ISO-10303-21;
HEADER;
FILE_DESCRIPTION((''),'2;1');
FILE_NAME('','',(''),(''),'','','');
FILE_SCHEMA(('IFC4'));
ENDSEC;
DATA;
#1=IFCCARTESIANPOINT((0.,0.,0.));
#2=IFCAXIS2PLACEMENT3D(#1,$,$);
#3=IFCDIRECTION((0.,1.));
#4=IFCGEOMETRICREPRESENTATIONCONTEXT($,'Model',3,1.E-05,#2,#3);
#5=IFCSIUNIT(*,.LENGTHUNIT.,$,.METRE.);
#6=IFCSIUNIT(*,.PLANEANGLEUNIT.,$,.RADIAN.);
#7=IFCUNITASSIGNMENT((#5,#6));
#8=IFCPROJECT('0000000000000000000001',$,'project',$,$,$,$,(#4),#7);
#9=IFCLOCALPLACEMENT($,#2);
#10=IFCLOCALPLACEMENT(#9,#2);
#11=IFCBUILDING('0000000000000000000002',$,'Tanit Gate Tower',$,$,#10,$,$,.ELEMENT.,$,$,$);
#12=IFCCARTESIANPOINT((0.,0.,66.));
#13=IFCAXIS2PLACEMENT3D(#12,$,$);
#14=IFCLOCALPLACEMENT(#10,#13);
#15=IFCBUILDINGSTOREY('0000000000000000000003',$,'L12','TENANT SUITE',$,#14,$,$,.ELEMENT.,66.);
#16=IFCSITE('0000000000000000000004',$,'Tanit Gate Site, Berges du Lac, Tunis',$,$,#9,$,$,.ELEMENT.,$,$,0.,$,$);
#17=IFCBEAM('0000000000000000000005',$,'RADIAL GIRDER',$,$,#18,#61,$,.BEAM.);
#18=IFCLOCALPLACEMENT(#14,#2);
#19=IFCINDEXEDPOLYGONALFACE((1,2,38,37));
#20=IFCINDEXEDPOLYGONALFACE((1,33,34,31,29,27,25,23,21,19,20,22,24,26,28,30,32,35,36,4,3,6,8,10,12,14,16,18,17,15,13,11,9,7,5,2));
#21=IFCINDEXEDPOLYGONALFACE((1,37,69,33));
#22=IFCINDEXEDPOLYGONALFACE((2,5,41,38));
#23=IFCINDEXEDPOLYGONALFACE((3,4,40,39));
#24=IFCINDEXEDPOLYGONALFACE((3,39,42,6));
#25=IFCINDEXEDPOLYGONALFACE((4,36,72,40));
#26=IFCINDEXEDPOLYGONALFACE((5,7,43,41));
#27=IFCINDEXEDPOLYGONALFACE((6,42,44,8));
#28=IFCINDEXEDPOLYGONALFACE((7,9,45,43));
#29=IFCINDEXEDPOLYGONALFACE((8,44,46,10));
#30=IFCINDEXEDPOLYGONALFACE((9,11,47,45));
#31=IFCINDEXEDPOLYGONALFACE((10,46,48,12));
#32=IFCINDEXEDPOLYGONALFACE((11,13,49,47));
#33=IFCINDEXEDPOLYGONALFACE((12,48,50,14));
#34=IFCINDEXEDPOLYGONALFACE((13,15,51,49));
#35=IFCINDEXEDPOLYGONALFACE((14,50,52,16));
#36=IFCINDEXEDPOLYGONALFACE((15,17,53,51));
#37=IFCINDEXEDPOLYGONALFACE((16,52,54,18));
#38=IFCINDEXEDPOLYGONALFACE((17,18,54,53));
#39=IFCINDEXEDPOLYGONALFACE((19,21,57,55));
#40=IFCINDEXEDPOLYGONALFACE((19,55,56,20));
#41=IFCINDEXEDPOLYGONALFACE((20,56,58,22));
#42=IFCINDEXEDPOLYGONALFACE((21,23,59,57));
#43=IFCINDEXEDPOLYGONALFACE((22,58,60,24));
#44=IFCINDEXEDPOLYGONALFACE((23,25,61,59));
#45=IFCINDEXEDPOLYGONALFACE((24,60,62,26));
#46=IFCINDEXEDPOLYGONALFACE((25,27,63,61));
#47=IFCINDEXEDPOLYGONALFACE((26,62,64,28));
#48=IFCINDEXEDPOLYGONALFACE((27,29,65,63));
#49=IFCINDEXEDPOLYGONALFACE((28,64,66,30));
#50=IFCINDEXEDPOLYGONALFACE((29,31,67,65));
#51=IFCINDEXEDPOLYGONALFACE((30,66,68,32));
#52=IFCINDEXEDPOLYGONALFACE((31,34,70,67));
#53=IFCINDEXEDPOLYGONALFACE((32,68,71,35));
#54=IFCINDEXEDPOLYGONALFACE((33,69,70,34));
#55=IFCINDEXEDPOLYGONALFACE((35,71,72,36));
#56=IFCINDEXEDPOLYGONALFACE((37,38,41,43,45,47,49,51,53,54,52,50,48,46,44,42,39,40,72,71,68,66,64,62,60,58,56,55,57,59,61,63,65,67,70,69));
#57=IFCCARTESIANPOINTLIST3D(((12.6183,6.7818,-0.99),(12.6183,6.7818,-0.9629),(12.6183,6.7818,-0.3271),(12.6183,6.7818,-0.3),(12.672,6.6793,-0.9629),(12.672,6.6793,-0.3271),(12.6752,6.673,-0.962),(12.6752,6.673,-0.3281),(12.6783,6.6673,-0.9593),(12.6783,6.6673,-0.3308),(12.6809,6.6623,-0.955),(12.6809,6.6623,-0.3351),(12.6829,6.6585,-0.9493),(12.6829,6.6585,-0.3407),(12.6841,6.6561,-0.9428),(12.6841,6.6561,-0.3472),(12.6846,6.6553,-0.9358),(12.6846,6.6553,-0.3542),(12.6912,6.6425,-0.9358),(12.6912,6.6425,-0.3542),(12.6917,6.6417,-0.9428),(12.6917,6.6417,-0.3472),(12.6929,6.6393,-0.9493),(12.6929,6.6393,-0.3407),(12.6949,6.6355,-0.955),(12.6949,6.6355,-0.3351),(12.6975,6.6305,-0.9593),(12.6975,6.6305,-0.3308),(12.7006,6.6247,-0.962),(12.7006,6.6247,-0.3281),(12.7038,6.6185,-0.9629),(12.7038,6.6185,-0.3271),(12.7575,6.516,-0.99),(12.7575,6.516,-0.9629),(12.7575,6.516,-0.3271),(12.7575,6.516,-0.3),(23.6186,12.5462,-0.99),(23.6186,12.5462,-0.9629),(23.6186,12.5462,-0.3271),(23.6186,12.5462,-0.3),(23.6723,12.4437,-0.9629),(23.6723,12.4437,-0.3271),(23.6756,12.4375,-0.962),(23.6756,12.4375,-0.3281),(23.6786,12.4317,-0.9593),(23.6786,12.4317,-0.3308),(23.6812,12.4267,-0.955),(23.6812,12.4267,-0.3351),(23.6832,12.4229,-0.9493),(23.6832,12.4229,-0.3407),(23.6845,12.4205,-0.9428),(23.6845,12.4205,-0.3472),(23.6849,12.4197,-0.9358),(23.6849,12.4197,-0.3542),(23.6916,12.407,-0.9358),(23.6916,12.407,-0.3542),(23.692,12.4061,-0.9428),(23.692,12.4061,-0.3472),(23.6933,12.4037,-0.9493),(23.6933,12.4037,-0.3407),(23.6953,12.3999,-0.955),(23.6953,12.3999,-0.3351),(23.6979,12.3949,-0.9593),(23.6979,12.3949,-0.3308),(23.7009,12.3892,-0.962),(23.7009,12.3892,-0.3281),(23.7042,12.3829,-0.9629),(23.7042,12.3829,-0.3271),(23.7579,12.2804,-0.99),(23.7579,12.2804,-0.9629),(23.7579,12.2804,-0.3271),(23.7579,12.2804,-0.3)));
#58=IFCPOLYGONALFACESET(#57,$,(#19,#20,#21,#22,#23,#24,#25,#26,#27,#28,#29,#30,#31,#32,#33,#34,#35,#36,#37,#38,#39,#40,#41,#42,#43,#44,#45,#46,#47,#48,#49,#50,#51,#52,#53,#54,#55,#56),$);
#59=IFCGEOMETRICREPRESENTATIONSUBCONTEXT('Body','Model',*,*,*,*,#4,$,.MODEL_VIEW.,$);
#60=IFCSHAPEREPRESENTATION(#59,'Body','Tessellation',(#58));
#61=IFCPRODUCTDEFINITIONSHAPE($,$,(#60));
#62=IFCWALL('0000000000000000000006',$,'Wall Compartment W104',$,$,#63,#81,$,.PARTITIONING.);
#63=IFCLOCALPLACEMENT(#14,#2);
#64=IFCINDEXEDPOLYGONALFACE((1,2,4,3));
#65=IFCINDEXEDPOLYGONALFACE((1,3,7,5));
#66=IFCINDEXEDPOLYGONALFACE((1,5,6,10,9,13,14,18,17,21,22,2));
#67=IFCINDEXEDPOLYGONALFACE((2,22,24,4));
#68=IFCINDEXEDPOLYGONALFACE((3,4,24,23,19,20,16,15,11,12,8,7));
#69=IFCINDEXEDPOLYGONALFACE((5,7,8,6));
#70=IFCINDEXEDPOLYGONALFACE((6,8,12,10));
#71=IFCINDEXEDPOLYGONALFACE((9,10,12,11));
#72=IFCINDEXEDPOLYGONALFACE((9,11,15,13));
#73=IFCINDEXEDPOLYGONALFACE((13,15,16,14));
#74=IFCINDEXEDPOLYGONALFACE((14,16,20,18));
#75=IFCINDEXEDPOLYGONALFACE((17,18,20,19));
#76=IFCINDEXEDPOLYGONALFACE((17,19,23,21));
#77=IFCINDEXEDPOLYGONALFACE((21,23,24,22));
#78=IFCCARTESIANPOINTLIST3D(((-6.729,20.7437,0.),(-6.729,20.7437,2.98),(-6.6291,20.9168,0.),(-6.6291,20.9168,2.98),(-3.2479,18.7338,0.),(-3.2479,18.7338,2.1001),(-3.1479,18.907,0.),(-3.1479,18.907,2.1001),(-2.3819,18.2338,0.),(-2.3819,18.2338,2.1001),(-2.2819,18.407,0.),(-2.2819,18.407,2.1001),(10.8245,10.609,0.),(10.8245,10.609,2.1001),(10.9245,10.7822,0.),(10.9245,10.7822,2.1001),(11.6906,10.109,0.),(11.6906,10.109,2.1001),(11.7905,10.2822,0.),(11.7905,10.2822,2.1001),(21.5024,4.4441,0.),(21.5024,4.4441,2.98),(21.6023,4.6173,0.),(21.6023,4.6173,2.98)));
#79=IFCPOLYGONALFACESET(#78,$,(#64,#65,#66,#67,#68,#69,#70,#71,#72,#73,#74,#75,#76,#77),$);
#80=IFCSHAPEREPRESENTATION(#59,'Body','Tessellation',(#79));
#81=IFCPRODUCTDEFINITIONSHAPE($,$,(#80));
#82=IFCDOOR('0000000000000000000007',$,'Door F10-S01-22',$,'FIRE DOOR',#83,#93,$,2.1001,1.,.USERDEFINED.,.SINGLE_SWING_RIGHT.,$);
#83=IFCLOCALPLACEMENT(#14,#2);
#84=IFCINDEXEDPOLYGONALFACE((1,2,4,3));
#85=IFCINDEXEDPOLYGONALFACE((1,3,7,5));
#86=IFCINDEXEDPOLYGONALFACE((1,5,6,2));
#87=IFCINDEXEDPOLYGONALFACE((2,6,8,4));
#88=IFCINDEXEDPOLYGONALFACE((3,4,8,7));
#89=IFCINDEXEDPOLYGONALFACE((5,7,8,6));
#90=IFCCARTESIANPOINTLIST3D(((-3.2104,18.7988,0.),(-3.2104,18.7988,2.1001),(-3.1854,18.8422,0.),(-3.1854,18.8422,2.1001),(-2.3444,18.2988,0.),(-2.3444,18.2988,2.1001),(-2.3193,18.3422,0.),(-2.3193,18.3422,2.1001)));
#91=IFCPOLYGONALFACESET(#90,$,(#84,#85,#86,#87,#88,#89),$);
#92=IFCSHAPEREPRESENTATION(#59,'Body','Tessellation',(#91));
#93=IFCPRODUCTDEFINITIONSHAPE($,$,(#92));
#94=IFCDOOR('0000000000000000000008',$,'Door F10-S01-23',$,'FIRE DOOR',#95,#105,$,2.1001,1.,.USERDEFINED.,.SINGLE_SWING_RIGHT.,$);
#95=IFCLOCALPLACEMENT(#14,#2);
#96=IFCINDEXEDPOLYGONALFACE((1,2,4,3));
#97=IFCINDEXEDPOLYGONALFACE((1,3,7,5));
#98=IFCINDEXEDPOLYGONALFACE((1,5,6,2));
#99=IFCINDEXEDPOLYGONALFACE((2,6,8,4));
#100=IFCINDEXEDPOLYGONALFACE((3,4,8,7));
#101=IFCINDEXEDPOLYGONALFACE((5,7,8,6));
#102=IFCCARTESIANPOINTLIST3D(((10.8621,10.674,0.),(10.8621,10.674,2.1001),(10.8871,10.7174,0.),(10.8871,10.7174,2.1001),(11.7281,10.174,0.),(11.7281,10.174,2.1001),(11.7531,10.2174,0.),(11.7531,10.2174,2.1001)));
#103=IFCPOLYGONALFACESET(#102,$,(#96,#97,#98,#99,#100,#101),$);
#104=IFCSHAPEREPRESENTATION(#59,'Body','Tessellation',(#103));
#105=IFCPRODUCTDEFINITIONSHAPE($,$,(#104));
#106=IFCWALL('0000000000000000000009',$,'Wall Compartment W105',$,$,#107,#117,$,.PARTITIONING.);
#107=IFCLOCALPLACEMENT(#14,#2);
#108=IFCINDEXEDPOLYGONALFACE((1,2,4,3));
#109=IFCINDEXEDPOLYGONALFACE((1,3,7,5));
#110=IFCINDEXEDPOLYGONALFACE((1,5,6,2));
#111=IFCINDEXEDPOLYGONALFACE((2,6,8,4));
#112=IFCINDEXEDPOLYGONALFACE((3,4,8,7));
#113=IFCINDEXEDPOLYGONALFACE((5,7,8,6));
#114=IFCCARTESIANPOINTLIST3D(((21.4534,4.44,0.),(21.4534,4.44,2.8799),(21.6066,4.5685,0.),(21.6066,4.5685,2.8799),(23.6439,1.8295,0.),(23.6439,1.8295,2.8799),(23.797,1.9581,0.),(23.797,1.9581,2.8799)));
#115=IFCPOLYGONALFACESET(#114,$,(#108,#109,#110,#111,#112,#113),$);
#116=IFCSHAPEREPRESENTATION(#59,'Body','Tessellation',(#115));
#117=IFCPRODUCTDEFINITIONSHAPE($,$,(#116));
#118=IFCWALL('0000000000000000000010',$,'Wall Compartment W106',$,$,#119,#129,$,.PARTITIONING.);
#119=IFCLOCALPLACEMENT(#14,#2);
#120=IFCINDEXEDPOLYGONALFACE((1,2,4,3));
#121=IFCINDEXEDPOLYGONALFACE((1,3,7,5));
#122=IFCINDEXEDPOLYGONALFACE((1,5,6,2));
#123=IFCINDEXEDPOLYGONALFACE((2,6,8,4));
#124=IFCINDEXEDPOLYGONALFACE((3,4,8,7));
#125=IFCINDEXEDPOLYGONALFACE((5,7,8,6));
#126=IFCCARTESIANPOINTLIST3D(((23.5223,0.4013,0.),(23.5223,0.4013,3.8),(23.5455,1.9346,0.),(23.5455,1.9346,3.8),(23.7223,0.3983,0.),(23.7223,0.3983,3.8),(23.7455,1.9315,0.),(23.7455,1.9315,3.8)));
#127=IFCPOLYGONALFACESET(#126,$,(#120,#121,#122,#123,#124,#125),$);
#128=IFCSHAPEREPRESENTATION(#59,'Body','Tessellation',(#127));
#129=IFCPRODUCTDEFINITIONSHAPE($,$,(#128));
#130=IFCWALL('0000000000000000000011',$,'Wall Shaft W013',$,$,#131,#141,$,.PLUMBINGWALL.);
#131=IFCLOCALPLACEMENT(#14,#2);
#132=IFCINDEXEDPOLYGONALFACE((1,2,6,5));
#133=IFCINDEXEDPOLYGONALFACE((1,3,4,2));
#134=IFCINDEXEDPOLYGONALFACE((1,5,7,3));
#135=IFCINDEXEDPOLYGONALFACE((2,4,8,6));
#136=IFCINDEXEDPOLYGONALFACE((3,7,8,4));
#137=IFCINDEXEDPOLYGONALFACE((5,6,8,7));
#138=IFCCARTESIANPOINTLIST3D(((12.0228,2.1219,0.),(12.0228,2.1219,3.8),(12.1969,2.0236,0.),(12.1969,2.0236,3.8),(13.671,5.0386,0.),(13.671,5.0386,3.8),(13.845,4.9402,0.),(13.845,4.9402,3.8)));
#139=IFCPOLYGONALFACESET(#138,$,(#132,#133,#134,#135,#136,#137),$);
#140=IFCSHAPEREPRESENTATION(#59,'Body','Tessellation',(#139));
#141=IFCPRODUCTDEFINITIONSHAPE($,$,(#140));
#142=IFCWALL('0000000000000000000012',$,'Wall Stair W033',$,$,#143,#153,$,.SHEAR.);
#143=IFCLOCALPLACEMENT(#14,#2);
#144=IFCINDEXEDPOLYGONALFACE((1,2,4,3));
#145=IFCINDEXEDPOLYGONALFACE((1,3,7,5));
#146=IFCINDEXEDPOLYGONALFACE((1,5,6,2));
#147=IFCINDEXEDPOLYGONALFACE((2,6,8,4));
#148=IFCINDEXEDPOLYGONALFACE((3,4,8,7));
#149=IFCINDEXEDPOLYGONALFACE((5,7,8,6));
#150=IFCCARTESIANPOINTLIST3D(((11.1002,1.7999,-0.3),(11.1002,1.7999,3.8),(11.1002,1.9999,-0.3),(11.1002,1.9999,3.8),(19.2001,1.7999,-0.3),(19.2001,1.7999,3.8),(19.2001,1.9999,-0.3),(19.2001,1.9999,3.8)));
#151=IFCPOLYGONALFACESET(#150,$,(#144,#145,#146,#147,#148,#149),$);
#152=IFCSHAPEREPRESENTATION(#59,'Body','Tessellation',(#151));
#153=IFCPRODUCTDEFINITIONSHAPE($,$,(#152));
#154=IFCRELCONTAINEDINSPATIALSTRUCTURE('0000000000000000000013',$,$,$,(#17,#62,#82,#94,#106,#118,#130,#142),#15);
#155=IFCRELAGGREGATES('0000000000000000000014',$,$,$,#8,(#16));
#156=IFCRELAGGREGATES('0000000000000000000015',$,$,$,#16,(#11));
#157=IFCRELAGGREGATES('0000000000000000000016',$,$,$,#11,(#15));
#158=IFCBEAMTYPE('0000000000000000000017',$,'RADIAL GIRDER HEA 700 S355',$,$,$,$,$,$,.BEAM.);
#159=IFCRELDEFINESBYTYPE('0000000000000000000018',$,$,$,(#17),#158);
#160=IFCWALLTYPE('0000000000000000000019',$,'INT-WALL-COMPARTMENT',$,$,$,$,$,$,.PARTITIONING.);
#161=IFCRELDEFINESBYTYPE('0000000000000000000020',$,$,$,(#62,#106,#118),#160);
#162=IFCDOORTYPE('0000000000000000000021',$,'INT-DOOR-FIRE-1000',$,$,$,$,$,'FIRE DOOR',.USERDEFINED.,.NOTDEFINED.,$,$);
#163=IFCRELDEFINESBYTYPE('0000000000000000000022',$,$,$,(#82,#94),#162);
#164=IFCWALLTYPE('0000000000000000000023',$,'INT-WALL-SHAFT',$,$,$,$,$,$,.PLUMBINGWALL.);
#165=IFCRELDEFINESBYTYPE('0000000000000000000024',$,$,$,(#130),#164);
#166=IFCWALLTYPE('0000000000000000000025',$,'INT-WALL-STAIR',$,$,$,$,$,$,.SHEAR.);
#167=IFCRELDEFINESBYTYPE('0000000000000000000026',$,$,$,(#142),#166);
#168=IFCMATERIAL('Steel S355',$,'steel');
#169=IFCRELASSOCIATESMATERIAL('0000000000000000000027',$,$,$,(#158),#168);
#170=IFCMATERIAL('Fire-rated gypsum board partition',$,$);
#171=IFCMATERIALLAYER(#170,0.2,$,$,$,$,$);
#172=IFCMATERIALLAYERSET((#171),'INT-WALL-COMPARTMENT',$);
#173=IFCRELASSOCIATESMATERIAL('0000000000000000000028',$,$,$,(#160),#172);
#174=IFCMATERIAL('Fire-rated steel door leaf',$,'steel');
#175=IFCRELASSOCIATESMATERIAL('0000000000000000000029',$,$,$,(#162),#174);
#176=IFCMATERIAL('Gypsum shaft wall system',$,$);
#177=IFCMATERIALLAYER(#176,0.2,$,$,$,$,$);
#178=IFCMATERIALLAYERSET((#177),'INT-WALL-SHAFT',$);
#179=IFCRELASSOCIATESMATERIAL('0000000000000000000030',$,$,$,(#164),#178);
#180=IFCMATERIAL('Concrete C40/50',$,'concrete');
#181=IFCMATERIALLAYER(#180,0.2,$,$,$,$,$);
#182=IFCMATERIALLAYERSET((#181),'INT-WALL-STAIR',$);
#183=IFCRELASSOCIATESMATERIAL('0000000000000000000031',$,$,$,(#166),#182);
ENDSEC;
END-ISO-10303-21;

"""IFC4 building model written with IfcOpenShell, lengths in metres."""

from ifc_helpers import new_model, si_unit, direction, frame, frame_2d, origin, origin_2d, place, context, subcontext, project, spatial, rectangle, i_section, extrude, material, layer, layer_set, material_profile, profile_set, type_object, element, fill, save


model = new_model("IFC4")

# Units and contexts
model_context = context("Model", 3, precision=1e-05, world=origin(), true_north=direction((0.0, 1.0)))
body_context = subcontext(model_context, "Body", "Model", "MODEL_VIEW")
ifc_project = project(units=[si_unit("LENGTHUNIT", "METRE"), si_unit("PLANEANGLEUNIT", "RADIAN")], contexts=[model_context])

# Site, building, storey
site_placement = place(None, origin())
site = spatial("IfcSite", under=ifc_project, at=site_placement, Name="Tanit Gate Site, Berges du Lac, Tunis", CompositionType="ELEMENT", RefElevation=0.0)
building_placement = place(site_placement, origin())
building = spatial("IfcBuilding", under=site, at=building_placement, Name="Tanit Gate Tower", CompositionType="ELEMENT")
storey_placement = place(building_placement, frame((0.0, 0.0, 66.0)))
storey = spatial("IfcBuildingStorey", under=building, at=storey_placement, Name="L12", Description="TENANT SUITE", CompositionType="ELEMENT", Elevation=66.0)

# Beam
ifc_material_1 = material(Name="Steel S355", Category="steel")
ifc_material_profile = material_profile(ifc_material_1, i_section(OverallWidth=0.3, OverallDepth=0.6899, WebThickness=0.0144, FlangeThickness=0.0271, FilletRadius=0.0271, at=origin_2d()), Name="HEA 700")
ifc_profile_set = profile_set([ifc_material_profile], Name="Steel S355")
beam_type = type_object("IfcBeamType", Name="RADIAL GIRDER HEA 700 S355", PredefinedType="BEAM", material=ifc_profile_set)
beam_placement = place(storey_placement, frame((23.6882, 12.4133, -0.645), z_axis=(-0.885753, -0.464157, 0.0), x_axis=(0.464157, -0.885753, 0.0)))
element("IfcBeam", 1, at=beam_placement, inside=storey, type_object=beam_type, Name="RADIAL GIRDER", PredefinedType="BEAM", context=body_context, shape_type="SweptSolid", body=[
    extrude(i_section(OverallWidth=0.3, OverallDepth=0.6899, WebThickness=0.0144, FlangeThickness=0.0271, FilletRadius=0.0271, at=origin_2d()), origin(), (0.0, 0.0, 1.0), 12.4192),
])

# Wall, openings, doors
ifc_material_2 = material(Name="Fire-rated gypsum board partition")
ifc_layer_1 = layer(ifc_material_2, 0.2)
ifc_layer_set_1 = layer_set([ifc_layer_1], Name="INT-WALL-COMPARTMENT")
wall_type_1 = type_object("IfcWallType", Name="INT-WALL-COMPARTMENT", PredefinedType="PARTITIONING", material=ifc_layer_set_1)
wall_1_placement = place(storey_placement, frame((21.5522, 4.5308, 0.0), z_axis=(0.0, 0.0, 1.0), x_axis=(-0.866024, 0.500003, 0.0)))
wall_1 = element("IfcWall", 2, at=wall_1_placement, inside=storey, type_object=wall_type_1, Name="Wall Compartment W104", PredefinedType="PARTITIONING", context=body_context, shape_type="SweptSolid", body=[
    extrude(rectangle(XDim=32.5989, YDim=0.2, at=frame_2d((16.2993, 0.0))), origin(), (0.0, 0.0, 1.0), 2.98),
])
opening_1_placement = place(wall_1_placement, frame((27.5791, 0.0, 0.0)))
opening_1 = element("IfcOpeningElement", 3, at=opening_1_placement, cuts=wall_1, PredefinedType="OPENING", context=body_context, shape_type="SweptSolid", body=[
    extrude(rectangle(XDim=1.0, YDim=2.1001, at=frame_2d((0.5, 1.05))), frame((0.0, 0.1099, 0.0), z_axis=(0.0, -1.0, 0.0), x_axis=(1.0, 0.0, 0.0)), (0.0, 0.0, 1.0), 0.22),
])
opening_2_placement = place(wall_1_placement, frame((11.3296, 0.0, 0.0)))
opening_2 = element("IfcOpeningElement", 4, at=opening_2_placement, cuts=wall_1, PredefinedType="OPENING", context=body_context, shape_type="SweptSolid", body=[
    extrude(rectangle(XDim=1.0, YDim=2.1001, at=frame_2d((0.5, 1.05))), frame((0.0, 0.1099, 0.0), z_axis=(0.0, -1.0, 0.0), x_axis=(1.0, 0.0, 0.0)), (0.0, 0.0, 1.0), 0.22),
])
ifc_material_3 = material(Name="Fire-rated steel door leaf", Category="steel")
door_type_1 = type_object("IfcDoorType", Name="INT-DOOR-FIRE-1000", ElementType="FIRE DOOR", OperationType="NOTDEFINED", PredefinedType="USERDEFINED", material=ifc_material_3)
door_1_placement = place(opening_1_placement, origin())
door_1 = element("IfcDoor", 5, at=door_1_placement, inside=storey, type_object=door_type_1, Name="Door F10-S01-22", ObjectType="FIRE DOOR", OperationType="SINGLE_SWING_RIGHT", OverallHeight=2.1001, OverallWidth=1.0, PredefinedType="USERDEFINED", context=body_context, shape_type="SweptSolid", body=[
    extrude(rectangle(XDim=1.0, YDim=2.1001, at=frame_2d((0.5, 1.05))), frame((0.0, 0.0249, 0.0), z_axis=(0.0, -1.0, 0.0), x_axis=(1.0, 0.0, 0.0)), (0.0, 0.0, 1.0), 0.05),
])
fill(opening_1, door_1)
door_2_placement = place(opening_2_placement, origin())
door_2 = element("IfcDoor", 6, at=door_2_placement, inside=storey, type_object=door_type_1, Name="Door F10-S01-23", ObjectType="FIRE DOOR", OperationType="SINGLE_SWING_RIGHT", OverallHeight=2.1001, OverallWidth=1.0, PredefinedType="USERDEFINED", context=body_context, shape_type="SweptSolid", body=[
    extrude(rectangle(XDim=1.0, YDim=2.1001, at=frame_2d((0.5, 1.05))), frame((0.0, 0.0249, 0.0), z_axis=(0.0, -1.0, 0.0), x_axis=(1.0, 0.0, 0.0)), (0.0, 0.0, 1.0), 0.05),
])
fill(opening_2, door_2)

# Walls
wall_2_placement = place(storey_placement, frame((23.7205, 1.8938, 0.0), z_axis=(0.0, 0.0, 1.0), x_axis=(-0.642802, 0.766032, 0.0)))
element("IfcWall", 7, at=wall_2_placement, inside=storey, type_object=wall_type_1, Name="Wall Compartment W105", PredefinedType="PARTITIONING", context=body_context, shape_type="SweptSolid", body=[
    extrude(rectangle(XDim=3.4077, YDim=0.2, at=frame_2d((1.7039, 0.0))), origin(), (0.0, 0.0, 1.0), 2.8799),
])
wall_3_placement = place(storey_placement, frame((23.6223, 0.3999, 0.0), z_axis=(0.0, 0.0, 1.0), x_axis=(0.015126, 0.999886, 0.0)))
element("IfcWall", 8, at=wall_3_placement, inside=storey, type_object=wall_type_1, Name="Wall Compartment W106", PredefinedType="PARTITIONING", context=body_context, shape_type="SweptSolid", body=[
    extrude(rectangle(XDim=1.5334, YDim=0.2, at=frame_2d((0.7666, 0.0))), origin(), (0.0, 0.0, 1.0), 3.8),
])
ifc_material_4 = material(Name="Gypsum shaft wall system")
ifc_layer_2 = layer(ifc_material_4, 0.2)
ifc_layer_set_2 = layer_set([ifc_layer_2], Name="INT-WALL-SHAFT")
wall_type_2 = type_object("IfcWallType", Name="INT-WALL-SHAFT", PredefinedType="PLUMBINGWALL", material=ifc_layer_set_2)
wall_4_placement = place(storey_placement, frame((12.1099, 2.0728, 0.0), z_axis=(0.0, 0.0, 1.0), x_axis=(0.491966, 0.870614, 0.0)))
element("IfcWall", 9, at=wall_4_placement, inside=storey, type_object=wall_type_2, Name="Wall Shaft W013", PredefinedType="PLUMBINGWALL", context=body_context, shape_type="SweptSolid", body=[
    extrude(rectangle(XDim=3.3501, YDim=0.2, at=frame_2d((1.675, 0.0))), origin(), (0.0, 0.0, 1.0), 3.8),
])
ifc_material_5 = material(Name="Concrete C40/50", Category="concrete")
ifc_layer_3 = layer(ifc_material_5, 0.2)
ifc_layer_set_3 = layer_set([ifc_layer_3], Name="INT-WALL-STAIR")
wall_type_3 = type_object("IfcWallType", Name="INT-WALL-STAIR", PredefinedType="SHEAR", material=ifc_layer_set_3)
wall_5_placement = place(storey_placement, frame((19.2, 1.8999, -0.3), z_axis=(0.0, 0.0, 1.0), x_axis=(-1.0, 0.0, 0.0)))
element("IfcWall", 10, at=wall_5_placement, inside=storey, type_object=wall_type_3, Name="Wall Stair W033", PredefinedType="SHEAR", context=body_context, shape_type="SweptSolid", body=[
    extrude(rectangle(XDim=8.0999, YDim=0.2, at=frame_2d((4.0498, 0.0))), origin(), (0.0, 0.0, 1.0), 4.1001),
])

save(model, "model.ifc")
